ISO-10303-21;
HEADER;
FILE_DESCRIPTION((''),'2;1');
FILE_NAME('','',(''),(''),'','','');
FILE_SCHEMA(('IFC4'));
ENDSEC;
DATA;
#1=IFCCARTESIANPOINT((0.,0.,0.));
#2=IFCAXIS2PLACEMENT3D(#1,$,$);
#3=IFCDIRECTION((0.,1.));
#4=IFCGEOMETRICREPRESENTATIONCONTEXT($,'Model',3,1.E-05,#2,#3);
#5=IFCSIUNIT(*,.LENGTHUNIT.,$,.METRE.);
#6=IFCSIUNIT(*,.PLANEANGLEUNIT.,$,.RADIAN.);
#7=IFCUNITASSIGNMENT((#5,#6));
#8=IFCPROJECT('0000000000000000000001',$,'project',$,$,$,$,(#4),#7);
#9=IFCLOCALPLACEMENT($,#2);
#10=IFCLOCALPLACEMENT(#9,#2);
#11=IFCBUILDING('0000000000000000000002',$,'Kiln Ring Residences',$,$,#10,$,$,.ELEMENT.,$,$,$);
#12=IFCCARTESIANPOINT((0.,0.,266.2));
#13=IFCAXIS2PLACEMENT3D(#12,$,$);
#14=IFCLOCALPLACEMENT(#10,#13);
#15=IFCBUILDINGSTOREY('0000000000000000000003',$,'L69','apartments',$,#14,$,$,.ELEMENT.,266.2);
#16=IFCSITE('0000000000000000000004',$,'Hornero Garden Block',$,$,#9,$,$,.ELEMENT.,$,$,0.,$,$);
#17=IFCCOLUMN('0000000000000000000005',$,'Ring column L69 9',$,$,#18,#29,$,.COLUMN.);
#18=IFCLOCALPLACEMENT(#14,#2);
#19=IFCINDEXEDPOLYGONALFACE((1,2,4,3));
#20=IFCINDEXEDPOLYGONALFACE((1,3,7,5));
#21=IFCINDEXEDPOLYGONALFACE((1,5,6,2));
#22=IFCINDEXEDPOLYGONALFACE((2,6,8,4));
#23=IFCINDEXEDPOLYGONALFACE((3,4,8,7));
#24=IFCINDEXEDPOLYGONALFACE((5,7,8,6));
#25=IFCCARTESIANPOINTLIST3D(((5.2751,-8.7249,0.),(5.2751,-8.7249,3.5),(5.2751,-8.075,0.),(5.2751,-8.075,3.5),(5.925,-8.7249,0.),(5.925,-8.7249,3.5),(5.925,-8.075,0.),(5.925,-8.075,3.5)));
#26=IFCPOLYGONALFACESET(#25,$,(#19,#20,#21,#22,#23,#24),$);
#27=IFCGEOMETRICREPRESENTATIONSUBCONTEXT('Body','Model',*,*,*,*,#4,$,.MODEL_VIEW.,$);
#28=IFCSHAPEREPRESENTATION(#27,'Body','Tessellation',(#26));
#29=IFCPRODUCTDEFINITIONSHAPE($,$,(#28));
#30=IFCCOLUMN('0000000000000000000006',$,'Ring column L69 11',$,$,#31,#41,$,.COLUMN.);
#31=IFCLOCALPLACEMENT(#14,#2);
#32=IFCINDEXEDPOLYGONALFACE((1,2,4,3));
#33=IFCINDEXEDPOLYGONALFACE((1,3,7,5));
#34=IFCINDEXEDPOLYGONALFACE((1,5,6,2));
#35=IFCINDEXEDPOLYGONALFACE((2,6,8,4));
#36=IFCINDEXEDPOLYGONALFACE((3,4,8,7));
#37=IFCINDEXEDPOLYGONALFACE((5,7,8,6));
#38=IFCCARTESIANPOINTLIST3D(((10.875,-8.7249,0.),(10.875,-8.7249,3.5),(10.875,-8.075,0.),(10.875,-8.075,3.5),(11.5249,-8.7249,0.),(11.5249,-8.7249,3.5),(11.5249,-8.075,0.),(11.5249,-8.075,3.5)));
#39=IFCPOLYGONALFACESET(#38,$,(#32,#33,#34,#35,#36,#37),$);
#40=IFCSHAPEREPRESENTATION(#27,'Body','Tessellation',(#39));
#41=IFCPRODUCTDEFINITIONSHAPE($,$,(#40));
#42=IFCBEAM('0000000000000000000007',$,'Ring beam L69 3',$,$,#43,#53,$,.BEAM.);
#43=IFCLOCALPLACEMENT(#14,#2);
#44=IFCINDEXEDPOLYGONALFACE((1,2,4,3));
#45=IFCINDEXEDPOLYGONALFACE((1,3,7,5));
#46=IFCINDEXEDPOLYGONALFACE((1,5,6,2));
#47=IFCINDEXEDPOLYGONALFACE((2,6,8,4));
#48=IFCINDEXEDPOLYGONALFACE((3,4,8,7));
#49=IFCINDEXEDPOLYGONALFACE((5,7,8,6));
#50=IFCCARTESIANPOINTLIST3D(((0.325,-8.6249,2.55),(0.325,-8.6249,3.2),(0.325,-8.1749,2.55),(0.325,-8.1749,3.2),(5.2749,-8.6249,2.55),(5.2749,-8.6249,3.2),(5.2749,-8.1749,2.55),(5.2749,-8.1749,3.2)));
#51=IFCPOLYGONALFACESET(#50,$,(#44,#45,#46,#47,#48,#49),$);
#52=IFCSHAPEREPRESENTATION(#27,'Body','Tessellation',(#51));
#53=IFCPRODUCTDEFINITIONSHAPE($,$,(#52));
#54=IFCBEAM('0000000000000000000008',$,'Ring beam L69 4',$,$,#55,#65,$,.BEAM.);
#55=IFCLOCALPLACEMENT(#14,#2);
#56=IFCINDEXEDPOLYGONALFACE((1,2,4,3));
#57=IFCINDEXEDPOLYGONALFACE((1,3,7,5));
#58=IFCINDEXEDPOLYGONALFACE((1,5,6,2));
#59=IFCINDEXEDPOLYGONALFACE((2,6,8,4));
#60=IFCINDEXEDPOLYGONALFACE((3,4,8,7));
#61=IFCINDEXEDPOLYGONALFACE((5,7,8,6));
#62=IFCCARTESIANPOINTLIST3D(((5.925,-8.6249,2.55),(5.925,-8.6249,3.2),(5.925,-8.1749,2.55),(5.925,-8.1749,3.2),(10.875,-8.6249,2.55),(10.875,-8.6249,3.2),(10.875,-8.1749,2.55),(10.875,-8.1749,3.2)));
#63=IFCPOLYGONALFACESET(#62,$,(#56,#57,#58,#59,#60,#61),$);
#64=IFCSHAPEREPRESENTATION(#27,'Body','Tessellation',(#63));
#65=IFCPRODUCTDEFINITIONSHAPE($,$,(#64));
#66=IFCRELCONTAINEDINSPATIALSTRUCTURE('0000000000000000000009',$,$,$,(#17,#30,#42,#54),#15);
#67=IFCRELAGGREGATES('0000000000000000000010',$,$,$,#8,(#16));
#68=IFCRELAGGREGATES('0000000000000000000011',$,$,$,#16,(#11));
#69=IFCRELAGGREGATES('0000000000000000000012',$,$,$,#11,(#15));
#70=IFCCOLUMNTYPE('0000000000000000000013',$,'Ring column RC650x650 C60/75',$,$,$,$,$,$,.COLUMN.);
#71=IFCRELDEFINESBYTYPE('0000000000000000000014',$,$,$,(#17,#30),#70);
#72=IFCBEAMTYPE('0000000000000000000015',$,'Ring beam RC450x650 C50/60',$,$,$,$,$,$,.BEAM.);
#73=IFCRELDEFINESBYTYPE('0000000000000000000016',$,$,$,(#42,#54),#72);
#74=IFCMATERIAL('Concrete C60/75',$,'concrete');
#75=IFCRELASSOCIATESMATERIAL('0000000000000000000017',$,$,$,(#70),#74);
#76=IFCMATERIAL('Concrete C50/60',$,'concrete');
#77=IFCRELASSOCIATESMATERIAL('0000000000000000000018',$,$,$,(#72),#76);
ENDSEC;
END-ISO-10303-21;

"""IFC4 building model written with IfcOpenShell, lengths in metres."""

from ifc_helpers import new_model, si_unit, direction, frame, origin, origin_2d, place, context, subcontext, project, spatial, rectangle, extrude, material, material_profile, profile_set, type_object, element, save


model = new_model("IFC4")

# Units and contexts
model_context = context("Model", 3, precision=1e-05, world=origin(), true_north=direction((0.0, 1.0)))
body_context = subcontext(model_context, "Body", "Model", "MODEL_VIEW")
ifc_project = project(units=[si_unit("LENGTHUNIT", "METRE"), si_unit("PLANEANGLEUNIT", "RADIAN")], contexts=[model_context])

# Site, building, storey
site_placement = place(None, origin())
site = spatial("IfcSite", under=ifc_project, at=site_placement, Name="Hornero Garden Block", CompositionType="ELEMENT", RefElevation=0.0)
building_placement = place(site_placement, origin())
building = spatial("IfcBuilding", under=site, at=building_placement, Name="Kiln Ring Residences", CompositionType="ELEMENT")
storey_placement = place(building_placement, frame((0.0, 0.0, 266.2)))
storey = spatial("IfcBuildingStorey", under=building, at=storey_placement, Name="L69", Description="apartments", CompositionType="ELEMENT", Elevation=266.2)

# Columns
ifc_material_1 = material(Name="Concrete C60/75", Category="concrete")
ifc_material_profile_1 = material_profile(ifc_material_1, rectangle(XDim=0.6499, YDim=0.6499, at=origin_2d()), Name="RC650x650")
ifc_profile_set_1 = profile_set([ifc_material_profile_1], Name="Concrete C60/75")
column_type = type_object("IfcColumnType", Name="Ring column RC650x650 C60/75", PredefinedType="COLUMN", material=ifc_profile_set_1)
for number, where, z_axis, x_axis, name in (
    (1, (5.6001, -8.3999, 0.0), (0.0, 0.0, 1.0), (1.0, 0.0, 0.0), "Ring column L69 9"),
    (2, (11.2, -8.3999, 0.0), (0.0, 0.0, 1.0), (1.0, 0.0, 0.0), "Ring column L69 11"),
):
    element("IfcColumn", number, at=place(storey_placement, frame(where, z_axis=z_axis, x_axis=x_axis)), inside=storey, type_object=column_type, Name=name, PredefinedType="COLUMN", context=body_context, shape_type="SweptSolid", body=[
        extrude(rectangle(XDim=0.6499, YDim=0.6499, at=origin_2d()), origin(), (0.0, 0.0, 1.0), 3.5),
    ])

# Beams
ifc_material_2 = material(Name="Concrete C50/60", Category="concrete")
ifc_material_profile_2 = material_profile(ifc_material_2, rectangle(XDim=0.45, YDim=0.6499, at=origin_2d()), Name="RC450x650")
ifc_profile_set_2 = profile_set([ifc_material_profile_2], Name="Concrete C50/60")
beam_type = type_object("IfcBeamType", Name="Ring beam RC450x650 C50/60", PredefinedType="BEAM", material=ifc_profile_set_2)
for number, where, z_axis, x_axis, name in (
    (3, (0.325, -8.3999, 2.875), (1.0, 0.0, 0.0), (0.0, 1.0, 0.0), "Ring beam L69 3"),
    (4, (5.925, -8.3999, 2.875), (1.0, 0.0, 0.0), (0.0, 1.0, 0.0), "Ring beam L69 4"),
):
    element("IfcBeam", number, at=place(storey_placement, frame(where, z_axis=z_axis, x_axis=x_axis)), inside=storey, type_object=beam_type, Name=name, PredefinedType="BEAM", context=body_context, shape_type="SweptSolid", body=[
        extrude(rectangle(XDim=0.45, YDim=0.6499, at=origin_2d()), origin(), (0.0, 0.0, 1.0), 4.95),
    ])

save(model, "model.ifc")
